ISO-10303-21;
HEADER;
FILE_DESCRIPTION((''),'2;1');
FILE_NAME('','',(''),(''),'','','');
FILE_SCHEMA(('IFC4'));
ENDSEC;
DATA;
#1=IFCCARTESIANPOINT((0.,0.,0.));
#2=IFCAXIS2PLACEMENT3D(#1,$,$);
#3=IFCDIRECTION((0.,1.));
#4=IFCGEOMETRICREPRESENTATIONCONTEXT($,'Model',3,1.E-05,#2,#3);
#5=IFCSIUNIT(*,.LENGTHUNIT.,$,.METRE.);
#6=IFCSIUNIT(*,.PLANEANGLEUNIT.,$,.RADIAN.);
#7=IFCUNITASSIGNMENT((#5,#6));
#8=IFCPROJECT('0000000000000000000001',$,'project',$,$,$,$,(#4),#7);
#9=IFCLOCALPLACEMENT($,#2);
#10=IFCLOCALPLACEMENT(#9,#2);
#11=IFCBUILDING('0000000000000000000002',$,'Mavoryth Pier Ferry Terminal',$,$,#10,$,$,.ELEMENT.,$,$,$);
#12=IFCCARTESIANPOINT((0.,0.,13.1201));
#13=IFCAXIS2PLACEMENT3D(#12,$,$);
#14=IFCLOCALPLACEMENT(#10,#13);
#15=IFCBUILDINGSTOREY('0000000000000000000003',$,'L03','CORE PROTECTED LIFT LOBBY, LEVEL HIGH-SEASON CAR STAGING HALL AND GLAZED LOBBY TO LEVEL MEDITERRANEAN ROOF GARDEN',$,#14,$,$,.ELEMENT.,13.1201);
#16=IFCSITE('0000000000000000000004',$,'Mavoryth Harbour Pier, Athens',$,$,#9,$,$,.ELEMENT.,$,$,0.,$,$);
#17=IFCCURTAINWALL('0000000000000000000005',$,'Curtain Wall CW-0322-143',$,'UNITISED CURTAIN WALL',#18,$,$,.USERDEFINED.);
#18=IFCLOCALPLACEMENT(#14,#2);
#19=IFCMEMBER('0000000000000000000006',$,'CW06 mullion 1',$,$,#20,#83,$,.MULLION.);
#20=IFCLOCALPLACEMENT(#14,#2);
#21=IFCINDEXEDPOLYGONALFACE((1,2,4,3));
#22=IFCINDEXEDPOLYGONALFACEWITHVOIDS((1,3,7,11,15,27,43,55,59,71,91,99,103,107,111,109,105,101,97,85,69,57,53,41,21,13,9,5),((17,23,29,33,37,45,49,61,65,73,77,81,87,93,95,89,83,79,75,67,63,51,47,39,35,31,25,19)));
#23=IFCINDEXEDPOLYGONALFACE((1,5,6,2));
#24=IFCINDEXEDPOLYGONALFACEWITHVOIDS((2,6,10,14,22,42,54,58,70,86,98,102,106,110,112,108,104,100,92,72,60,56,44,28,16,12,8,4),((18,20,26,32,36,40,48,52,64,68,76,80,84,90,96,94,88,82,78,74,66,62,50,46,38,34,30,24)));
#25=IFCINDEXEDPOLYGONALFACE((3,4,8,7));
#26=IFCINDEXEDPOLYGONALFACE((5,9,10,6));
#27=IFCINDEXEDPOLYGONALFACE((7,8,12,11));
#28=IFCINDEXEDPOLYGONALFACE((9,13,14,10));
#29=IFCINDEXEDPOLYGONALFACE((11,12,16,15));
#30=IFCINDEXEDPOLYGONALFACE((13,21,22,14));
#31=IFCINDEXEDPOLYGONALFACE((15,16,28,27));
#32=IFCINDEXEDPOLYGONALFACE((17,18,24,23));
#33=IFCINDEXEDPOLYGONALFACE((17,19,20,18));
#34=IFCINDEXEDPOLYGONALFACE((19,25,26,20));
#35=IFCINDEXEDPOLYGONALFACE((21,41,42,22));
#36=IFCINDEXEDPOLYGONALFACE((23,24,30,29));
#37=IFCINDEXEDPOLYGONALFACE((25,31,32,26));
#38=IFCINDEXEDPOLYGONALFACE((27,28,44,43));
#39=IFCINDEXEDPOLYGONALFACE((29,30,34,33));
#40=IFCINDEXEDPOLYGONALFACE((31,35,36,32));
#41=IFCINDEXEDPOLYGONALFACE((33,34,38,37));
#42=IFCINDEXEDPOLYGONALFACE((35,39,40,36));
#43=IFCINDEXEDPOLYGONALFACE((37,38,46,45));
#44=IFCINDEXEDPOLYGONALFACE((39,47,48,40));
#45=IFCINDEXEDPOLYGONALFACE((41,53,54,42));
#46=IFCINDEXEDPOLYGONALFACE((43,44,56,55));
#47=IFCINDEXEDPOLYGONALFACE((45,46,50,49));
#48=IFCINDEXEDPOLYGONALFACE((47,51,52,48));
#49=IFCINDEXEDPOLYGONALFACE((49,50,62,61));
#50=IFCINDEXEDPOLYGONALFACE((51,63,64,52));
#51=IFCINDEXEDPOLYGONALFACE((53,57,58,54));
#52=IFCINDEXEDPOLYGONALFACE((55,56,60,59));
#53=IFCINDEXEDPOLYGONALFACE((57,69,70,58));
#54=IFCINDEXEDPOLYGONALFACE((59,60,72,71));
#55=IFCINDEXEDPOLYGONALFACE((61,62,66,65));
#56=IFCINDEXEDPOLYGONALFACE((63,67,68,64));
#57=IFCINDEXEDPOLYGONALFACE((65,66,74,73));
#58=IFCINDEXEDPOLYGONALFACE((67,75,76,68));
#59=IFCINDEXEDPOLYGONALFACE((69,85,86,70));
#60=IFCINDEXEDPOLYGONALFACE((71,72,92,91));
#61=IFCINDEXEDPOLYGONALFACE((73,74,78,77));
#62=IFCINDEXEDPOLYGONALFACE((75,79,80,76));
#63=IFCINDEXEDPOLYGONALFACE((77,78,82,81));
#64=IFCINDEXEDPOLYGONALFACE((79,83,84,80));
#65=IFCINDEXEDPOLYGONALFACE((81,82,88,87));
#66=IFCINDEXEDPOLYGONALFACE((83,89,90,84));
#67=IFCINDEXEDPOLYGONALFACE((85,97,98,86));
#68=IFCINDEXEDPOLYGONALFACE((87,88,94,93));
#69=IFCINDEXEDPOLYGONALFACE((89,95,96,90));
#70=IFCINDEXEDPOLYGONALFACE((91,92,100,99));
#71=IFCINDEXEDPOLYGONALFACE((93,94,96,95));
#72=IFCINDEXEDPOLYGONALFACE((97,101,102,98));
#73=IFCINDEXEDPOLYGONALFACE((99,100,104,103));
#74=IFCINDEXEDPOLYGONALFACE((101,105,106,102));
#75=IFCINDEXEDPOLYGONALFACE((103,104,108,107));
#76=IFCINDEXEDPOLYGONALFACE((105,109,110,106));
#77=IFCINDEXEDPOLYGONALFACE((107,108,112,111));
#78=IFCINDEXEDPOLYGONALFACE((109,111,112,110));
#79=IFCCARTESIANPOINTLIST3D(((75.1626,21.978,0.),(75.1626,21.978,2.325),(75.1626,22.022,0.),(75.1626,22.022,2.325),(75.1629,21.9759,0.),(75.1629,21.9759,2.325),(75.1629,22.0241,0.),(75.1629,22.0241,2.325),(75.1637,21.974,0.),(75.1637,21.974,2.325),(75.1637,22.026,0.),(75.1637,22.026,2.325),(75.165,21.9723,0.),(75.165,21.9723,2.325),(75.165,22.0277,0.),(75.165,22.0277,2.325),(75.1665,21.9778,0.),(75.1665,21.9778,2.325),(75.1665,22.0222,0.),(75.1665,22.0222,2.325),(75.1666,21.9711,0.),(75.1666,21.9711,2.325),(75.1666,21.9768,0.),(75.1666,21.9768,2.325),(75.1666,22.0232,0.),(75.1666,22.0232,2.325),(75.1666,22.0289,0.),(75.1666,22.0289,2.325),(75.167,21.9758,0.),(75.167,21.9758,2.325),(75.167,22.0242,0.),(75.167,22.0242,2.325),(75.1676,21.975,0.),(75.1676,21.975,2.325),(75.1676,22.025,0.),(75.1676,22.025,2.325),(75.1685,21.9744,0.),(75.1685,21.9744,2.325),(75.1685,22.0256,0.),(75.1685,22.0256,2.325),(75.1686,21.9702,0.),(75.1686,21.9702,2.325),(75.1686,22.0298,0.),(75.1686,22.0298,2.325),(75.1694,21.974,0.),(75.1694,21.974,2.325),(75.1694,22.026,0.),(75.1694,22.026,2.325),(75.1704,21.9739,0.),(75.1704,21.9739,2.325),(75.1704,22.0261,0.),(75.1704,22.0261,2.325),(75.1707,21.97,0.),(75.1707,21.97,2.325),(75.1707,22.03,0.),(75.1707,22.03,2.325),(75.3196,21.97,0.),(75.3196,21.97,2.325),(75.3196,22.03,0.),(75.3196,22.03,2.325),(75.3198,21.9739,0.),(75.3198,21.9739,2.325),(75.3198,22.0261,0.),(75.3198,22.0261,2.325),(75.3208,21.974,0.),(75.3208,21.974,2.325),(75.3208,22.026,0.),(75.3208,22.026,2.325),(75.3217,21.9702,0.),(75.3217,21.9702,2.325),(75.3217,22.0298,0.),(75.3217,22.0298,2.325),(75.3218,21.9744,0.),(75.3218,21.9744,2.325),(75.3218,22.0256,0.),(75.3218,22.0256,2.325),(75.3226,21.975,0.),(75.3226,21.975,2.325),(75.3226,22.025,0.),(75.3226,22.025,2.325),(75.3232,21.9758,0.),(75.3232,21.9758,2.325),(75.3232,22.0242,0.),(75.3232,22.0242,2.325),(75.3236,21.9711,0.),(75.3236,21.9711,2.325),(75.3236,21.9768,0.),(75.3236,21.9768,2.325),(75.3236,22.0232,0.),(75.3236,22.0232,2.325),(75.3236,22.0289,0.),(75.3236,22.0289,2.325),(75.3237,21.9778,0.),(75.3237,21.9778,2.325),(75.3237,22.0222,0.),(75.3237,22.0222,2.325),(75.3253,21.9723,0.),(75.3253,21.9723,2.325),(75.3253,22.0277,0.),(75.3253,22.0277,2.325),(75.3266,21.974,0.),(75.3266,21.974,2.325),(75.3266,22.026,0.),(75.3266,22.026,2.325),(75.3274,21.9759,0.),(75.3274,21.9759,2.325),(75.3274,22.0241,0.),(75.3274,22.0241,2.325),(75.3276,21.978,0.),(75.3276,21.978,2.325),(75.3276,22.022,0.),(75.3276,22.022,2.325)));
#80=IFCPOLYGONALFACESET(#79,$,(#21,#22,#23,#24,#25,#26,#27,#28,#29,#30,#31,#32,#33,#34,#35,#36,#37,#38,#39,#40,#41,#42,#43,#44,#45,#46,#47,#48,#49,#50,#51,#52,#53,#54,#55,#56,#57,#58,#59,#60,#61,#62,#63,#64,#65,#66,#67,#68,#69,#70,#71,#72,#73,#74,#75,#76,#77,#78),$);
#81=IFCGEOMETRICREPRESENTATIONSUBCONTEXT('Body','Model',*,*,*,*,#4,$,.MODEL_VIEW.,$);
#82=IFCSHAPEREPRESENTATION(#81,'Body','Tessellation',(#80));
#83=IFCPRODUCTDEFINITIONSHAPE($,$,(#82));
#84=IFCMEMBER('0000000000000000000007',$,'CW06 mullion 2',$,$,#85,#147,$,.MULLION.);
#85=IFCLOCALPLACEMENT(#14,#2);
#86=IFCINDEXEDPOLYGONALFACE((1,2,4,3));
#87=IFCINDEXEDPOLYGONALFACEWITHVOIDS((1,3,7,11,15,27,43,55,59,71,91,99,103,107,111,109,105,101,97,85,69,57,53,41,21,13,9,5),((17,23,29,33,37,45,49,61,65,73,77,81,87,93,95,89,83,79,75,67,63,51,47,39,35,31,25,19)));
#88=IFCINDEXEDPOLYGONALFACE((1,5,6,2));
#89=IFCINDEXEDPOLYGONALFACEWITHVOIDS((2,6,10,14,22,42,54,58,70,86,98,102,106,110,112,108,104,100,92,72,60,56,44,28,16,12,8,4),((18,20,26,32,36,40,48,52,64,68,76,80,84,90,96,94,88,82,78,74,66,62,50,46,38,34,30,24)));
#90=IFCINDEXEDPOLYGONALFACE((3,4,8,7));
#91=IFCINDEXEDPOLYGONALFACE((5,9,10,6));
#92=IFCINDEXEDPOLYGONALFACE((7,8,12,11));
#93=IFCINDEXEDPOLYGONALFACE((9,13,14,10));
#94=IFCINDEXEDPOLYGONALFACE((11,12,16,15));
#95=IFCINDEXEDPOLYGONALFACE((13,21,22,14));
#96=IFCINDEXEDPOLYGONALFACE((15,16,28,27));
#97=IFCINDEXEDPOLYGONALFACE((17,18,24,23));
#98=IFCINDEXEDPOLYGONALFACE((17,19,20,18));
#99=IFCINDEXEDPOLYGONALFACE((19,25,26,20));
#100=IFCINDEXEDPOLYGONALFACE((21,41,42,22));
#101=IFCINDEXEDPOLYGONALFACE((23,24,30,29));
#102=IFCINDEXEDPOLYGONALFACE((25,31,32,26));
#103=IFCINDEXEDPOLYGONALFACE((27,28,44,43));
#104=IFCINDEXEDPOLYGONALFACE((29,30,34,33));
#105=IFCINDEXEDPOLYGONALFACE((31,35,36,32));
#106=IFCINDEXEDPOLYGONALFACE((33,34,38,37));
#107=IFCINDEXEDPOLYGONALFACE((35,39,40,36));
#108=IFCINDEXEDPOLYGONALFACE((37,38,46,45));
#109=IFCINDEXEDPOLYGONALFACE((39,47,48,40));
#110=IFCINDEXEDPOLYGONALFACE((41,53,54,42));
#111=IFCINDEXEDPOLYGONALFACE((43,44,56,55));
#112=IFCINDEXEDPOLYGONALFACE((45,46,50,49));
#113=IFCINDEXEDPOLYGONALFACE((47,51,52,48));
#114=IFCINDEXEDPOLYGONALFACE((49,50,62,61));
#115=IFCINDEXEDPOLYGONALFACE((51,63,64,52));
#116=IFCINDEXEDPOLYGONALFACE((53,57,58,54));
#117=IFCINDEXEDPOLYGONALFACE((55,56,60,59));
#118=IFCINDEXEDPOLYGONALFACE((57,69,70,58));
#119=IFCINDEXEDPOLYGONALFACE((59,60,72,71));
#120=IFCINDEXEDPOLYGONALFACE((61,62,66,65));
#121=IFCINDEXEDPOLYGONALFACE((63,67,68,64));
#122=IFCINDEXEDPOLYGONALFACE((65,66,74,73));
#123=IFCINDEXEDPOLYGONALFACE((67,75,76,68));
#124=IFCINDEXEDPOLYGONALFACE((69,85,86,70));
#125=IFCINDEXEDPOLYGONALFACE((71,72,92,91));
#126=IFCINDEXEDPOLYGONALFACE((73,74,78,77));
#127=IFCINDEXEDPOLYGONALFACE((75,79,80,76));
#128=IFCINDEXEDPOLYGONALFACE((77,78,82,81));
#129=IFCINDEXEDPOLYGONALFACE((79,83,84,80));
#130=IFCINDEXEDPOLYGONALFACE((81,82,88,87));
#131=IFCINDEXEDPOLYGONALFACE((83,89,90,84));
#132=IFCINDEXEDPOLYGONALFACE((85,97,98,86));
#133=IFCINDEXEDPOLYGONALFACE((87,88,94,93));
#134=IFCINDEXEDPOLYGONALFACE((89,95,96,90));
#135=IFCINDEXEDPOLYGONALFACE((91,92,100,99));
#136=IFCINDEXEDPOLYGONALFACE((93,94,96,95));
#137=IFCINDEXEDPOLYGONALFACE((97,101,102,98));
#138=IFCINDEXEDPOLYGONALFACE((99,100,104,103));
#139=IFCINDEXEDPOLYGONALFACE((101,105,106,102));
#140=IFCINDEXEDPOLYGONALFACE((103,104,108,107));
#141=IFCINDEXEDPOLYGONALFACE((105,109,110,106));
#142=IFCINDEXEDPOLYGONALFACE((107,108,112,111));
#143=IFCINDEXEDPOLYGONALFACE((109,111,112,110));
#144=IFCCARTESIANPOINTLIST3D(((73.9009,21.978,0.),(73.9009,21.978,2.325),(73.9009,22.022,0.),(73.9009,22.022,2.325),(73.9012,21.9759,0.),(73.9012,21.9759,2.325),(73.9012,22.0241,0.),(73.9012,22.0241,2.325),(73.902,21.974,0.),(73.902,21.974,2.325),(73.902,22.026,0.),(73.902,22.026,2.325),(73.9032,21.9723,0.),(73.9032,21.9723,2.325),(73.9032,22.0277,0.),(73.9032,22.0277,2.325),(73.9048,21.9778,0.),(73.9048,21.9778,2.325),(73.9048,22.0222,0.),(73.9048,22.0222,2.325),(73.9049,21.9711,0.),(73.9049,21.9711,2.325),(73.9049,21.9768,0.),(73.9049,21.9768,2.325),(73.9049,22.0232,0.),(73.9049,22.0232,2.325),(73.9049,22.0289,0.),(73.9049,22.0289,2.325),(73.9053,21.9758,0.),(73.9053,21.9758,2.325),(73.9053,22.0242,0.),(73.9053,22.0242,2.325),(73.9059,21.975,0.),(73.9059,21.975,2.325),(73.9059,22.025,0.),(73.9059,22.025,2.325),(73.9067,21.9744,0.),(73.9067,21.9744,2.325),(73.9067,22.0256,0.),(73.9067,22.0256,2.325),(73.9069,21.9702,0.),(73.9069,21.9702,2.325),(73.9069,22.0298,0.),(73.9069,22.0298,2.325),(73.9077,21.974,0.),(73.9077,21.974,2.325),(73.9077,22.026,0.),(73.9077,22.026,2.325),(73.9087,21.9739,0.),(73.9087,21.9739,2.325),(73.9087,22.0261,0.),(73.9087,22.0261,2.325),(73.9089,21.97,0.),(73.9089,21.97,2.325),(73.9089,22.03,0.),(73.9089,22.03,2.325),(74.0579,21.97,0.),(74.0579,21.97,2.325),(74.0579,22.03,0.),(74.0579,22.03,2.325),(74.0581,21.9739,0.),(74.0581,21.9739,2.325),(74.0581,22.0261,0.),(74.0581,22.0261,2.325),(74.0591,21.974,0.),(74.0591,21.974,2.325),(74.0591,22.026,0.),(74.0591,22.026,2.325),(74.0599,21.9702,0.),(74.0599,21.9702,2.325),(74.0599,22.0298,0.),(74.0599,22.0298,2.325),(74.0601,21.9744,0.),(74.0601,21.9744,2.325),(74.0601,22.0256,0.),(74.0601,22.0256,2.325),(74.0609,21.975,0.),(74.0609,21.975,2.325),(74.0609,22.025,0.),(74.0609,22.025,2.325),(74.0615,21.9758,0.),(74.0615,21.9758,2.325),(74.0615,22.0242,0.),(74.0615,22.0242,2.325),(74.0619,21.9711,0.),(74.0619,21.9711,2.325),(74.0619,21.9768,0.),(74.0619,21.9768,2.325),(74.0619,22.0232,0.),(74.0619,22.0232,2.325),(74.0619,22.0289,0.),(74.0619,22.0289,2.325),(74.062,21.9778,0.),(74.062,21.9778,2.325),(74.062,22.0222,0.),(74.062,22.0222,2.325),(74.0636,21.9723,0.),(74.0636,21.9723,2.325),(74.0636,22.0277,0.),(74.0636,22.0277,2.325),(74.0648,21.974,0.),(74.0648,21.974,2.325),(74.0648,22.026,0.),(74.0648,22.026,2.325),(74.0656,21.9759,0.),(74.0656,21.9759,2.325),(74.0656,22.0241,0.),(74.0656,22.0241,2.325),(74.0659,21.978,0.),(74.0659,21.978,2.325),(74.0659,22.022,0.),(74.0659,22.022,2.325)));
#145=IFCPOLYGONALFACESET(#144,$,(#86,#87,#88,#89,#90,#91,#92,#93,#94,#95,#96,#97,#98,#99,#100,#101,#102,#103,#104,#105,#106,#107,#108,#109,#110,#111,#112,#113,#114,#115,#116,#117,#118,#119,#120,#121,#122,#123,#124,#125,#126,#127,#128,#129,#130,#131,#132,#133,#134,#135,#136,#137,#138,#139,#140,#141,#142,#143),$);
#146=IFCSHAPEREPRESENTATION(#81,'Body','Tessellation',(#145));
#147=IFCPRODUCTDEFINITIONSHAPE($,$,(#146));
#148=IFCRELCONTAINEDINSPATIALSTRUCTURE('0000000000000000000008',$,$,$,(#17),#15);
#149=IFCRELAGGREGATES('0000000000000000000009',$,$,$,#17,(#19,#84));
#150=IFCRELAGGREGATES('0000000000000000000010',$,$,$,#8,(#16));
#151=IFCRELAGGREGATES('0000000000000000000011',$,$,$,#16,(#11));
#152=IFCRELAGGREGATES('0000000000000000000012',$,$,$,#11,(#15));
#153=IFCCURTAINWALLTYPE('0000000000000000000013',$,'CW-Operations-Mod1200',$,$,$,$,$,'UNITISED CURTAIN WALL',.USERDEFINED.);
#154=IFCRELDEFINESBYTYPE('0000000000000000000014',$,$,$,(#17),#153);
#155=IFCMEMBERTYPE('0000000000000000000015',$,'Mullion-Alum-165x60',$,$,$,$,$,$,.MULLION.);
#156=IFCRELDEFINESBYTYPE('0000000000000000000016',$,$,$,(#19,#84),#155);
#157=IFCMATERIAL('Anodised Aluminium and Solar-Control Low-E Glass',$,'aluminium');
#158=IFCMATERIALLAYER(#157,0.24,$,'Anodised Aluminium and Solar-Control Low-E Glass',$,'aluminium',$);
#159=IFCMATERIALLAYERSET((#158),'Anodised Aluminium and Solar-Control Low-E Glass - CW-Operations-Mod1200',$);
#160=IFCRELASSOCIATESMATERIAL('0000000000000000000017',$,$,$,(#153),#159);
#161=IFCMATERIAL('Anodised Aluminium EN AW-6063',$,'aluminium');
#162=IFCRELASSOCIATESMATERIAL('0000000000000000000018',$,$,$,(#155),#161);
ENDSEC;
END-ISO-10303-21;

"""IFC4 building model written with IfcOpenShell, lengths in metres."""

from ifc_helpers import new_model, si_unit, direction, frame, origin, origin_2d, place, context, subcontext, project, spatial, hollow_rectangle, extrude, material, layer, layer_set, material_profile, profile_set, type_object, element, aggregate, save


model = new_model("IFC4")

# Units and contexts
model_context = context("Model", 3, precision=1e-05, world=origin(), true_north=direction((0.0, 1.0)))
body_context = subcontext(model_context, "Body", "Model", "MODEL_VIEW")
ifc_project = project(units=[si_unit("LENGTHUNIT", "METRE"), si_unit("PLANEANGLEUNIT", "RADIAN")], contexts=[model_context])

# Site, building, storey
site_placement = place(None, origin())
site = spatial("IfcSite", under=ifc_project, at=site_placement, Name="Mavoryth Harbour Pier, Athens", CompositionType="ELEMENT", RefElevation=0.0)
building_placement = place(site_placement, origin())
building = spatial("IfcBuilding", under=site, at=building_placement, Name="Mavoryth Pier Ferry Terminal", CompositionType="ELEMENT")
storey_placement = place(building_placement, frame((0.0, 0.0, 13.1201)))
storey = spatial("IfcBuildingStorey", under=building, at=storey_placement, Name="L03", Description="CORE PROTECTED LIFT LOBBY, LEVEL HIGH-SEASON CAR STAGING HALL AND GLAZED LOBBY TO LEVEL MEDITERRANEAN ROOF GARDEN", CompositionType="ELEMENT", Elevation=13.1201)

# Curtain wall, members
ifc_material_1 = material(Name="Anodised Aluminium and Solar-Control Low-E Glass", Category="aluminium")
ifc_layer_1 = layer(ifc_material_1, 0.24, Name="Anodised Aluminium and Solar-Control Low-E Glass", Category="aluminium")
ifc_layer_set_1 = layer_set([ifc_layer_1], Name="Anodised Aluminium and Solar-Control Low-E Glass - CW-Operations-Mod1200")
curtain_wall_type = type_object("IfcCurtainWallType", Name="CW-Operations-Mod1200", ElementType="UNITISED CURTAIN WALL", PredefinedType="USERDEFINED", material=ifc_layer_set_1)
curtain_wall_placement = place(storey_placement, origin())
curtain_wall = element("IfcCurtainWall", 1, at=curtain_wall_placement, inside=storey, type_object=curtain_wall_type, Name="Curtain Wall CW-0322-143", ObjectType="UNITISED CURTAIN WALL", PredefinedType="USERDEFINED")
ifc_material_2 = material(Name="Anodised Aluminium EN AW-6063", Category="aluminium")
ifc_material_profile_1 = material_profile(ifc_material_2, hollow_rectangle(XDim=0.0601, YDim=0.165, WallThickness=0.0039, InnerFilletRadius=0.0039, OuterFilletRadius=0.0081, at=origin_2d()), Name="AL-MULL 165x60x4", Category="aluminium")
ifc_profile_set_1 = profile_set([ifc_material_profile_1], Name="Anodised Aluminium EN AW-6063 - AL-MULL 165x60x4")
member_type_1 = type_object("IfcMemberType", Name="Mullion-Alum-165x60", PredefinedType="MULLION", material=ifc_profile_set_1)
member_1_placement = place(storey_placement, frame((75.2451, 22.0, 0.0), z_axis=(0.0, 0.0, 1.0), x_axis=(0.0, -1.0, 0.0)))
member_1 = element("IfcMember", 2, at=member_1_placement, type_object=member_type_1, Name="CW06 mullion 1", PredefinedType="MULLION", context=body_context, shape_type="SweptSolid", body=[
    extrude(hollow_rectangle(XDim=0.0601, YDim=0.165, WallThickness=0.0039, InnerFilletRadius=0.0039, OuterFilletRadius=0.0081, at=origin_2d()), origin(), (0.0, 0.0, 1.0), 2.325),
])
member_2_placement = place(storey_placement, frame((73.9834, 22.0, 0.0), z_axis=(0.0, 0.0, 1.0), x_axis=(0.0, -1.0, 0.0)))
member_2 = element("IfcMember", 3, at=member_2_placement, type_object=member_type_1, Name="CW06 mullion 2", PredefinedType="MULLION", context=body_context, shape_type="SweptSolid", body=[
    extrude(hollow_rectangle(XDim=0.0601, YDim=0.165, WallThickness=0.0039, InnerFilletRadius=0.0039, OuterFilletRadius=0.0081, at=origin_2d()), origin(), (0.0, 0.0, 1.0), 2.325),
])
aggregate(curtain_wall, [member_1, member_2])

save(model, "model.ifc")
